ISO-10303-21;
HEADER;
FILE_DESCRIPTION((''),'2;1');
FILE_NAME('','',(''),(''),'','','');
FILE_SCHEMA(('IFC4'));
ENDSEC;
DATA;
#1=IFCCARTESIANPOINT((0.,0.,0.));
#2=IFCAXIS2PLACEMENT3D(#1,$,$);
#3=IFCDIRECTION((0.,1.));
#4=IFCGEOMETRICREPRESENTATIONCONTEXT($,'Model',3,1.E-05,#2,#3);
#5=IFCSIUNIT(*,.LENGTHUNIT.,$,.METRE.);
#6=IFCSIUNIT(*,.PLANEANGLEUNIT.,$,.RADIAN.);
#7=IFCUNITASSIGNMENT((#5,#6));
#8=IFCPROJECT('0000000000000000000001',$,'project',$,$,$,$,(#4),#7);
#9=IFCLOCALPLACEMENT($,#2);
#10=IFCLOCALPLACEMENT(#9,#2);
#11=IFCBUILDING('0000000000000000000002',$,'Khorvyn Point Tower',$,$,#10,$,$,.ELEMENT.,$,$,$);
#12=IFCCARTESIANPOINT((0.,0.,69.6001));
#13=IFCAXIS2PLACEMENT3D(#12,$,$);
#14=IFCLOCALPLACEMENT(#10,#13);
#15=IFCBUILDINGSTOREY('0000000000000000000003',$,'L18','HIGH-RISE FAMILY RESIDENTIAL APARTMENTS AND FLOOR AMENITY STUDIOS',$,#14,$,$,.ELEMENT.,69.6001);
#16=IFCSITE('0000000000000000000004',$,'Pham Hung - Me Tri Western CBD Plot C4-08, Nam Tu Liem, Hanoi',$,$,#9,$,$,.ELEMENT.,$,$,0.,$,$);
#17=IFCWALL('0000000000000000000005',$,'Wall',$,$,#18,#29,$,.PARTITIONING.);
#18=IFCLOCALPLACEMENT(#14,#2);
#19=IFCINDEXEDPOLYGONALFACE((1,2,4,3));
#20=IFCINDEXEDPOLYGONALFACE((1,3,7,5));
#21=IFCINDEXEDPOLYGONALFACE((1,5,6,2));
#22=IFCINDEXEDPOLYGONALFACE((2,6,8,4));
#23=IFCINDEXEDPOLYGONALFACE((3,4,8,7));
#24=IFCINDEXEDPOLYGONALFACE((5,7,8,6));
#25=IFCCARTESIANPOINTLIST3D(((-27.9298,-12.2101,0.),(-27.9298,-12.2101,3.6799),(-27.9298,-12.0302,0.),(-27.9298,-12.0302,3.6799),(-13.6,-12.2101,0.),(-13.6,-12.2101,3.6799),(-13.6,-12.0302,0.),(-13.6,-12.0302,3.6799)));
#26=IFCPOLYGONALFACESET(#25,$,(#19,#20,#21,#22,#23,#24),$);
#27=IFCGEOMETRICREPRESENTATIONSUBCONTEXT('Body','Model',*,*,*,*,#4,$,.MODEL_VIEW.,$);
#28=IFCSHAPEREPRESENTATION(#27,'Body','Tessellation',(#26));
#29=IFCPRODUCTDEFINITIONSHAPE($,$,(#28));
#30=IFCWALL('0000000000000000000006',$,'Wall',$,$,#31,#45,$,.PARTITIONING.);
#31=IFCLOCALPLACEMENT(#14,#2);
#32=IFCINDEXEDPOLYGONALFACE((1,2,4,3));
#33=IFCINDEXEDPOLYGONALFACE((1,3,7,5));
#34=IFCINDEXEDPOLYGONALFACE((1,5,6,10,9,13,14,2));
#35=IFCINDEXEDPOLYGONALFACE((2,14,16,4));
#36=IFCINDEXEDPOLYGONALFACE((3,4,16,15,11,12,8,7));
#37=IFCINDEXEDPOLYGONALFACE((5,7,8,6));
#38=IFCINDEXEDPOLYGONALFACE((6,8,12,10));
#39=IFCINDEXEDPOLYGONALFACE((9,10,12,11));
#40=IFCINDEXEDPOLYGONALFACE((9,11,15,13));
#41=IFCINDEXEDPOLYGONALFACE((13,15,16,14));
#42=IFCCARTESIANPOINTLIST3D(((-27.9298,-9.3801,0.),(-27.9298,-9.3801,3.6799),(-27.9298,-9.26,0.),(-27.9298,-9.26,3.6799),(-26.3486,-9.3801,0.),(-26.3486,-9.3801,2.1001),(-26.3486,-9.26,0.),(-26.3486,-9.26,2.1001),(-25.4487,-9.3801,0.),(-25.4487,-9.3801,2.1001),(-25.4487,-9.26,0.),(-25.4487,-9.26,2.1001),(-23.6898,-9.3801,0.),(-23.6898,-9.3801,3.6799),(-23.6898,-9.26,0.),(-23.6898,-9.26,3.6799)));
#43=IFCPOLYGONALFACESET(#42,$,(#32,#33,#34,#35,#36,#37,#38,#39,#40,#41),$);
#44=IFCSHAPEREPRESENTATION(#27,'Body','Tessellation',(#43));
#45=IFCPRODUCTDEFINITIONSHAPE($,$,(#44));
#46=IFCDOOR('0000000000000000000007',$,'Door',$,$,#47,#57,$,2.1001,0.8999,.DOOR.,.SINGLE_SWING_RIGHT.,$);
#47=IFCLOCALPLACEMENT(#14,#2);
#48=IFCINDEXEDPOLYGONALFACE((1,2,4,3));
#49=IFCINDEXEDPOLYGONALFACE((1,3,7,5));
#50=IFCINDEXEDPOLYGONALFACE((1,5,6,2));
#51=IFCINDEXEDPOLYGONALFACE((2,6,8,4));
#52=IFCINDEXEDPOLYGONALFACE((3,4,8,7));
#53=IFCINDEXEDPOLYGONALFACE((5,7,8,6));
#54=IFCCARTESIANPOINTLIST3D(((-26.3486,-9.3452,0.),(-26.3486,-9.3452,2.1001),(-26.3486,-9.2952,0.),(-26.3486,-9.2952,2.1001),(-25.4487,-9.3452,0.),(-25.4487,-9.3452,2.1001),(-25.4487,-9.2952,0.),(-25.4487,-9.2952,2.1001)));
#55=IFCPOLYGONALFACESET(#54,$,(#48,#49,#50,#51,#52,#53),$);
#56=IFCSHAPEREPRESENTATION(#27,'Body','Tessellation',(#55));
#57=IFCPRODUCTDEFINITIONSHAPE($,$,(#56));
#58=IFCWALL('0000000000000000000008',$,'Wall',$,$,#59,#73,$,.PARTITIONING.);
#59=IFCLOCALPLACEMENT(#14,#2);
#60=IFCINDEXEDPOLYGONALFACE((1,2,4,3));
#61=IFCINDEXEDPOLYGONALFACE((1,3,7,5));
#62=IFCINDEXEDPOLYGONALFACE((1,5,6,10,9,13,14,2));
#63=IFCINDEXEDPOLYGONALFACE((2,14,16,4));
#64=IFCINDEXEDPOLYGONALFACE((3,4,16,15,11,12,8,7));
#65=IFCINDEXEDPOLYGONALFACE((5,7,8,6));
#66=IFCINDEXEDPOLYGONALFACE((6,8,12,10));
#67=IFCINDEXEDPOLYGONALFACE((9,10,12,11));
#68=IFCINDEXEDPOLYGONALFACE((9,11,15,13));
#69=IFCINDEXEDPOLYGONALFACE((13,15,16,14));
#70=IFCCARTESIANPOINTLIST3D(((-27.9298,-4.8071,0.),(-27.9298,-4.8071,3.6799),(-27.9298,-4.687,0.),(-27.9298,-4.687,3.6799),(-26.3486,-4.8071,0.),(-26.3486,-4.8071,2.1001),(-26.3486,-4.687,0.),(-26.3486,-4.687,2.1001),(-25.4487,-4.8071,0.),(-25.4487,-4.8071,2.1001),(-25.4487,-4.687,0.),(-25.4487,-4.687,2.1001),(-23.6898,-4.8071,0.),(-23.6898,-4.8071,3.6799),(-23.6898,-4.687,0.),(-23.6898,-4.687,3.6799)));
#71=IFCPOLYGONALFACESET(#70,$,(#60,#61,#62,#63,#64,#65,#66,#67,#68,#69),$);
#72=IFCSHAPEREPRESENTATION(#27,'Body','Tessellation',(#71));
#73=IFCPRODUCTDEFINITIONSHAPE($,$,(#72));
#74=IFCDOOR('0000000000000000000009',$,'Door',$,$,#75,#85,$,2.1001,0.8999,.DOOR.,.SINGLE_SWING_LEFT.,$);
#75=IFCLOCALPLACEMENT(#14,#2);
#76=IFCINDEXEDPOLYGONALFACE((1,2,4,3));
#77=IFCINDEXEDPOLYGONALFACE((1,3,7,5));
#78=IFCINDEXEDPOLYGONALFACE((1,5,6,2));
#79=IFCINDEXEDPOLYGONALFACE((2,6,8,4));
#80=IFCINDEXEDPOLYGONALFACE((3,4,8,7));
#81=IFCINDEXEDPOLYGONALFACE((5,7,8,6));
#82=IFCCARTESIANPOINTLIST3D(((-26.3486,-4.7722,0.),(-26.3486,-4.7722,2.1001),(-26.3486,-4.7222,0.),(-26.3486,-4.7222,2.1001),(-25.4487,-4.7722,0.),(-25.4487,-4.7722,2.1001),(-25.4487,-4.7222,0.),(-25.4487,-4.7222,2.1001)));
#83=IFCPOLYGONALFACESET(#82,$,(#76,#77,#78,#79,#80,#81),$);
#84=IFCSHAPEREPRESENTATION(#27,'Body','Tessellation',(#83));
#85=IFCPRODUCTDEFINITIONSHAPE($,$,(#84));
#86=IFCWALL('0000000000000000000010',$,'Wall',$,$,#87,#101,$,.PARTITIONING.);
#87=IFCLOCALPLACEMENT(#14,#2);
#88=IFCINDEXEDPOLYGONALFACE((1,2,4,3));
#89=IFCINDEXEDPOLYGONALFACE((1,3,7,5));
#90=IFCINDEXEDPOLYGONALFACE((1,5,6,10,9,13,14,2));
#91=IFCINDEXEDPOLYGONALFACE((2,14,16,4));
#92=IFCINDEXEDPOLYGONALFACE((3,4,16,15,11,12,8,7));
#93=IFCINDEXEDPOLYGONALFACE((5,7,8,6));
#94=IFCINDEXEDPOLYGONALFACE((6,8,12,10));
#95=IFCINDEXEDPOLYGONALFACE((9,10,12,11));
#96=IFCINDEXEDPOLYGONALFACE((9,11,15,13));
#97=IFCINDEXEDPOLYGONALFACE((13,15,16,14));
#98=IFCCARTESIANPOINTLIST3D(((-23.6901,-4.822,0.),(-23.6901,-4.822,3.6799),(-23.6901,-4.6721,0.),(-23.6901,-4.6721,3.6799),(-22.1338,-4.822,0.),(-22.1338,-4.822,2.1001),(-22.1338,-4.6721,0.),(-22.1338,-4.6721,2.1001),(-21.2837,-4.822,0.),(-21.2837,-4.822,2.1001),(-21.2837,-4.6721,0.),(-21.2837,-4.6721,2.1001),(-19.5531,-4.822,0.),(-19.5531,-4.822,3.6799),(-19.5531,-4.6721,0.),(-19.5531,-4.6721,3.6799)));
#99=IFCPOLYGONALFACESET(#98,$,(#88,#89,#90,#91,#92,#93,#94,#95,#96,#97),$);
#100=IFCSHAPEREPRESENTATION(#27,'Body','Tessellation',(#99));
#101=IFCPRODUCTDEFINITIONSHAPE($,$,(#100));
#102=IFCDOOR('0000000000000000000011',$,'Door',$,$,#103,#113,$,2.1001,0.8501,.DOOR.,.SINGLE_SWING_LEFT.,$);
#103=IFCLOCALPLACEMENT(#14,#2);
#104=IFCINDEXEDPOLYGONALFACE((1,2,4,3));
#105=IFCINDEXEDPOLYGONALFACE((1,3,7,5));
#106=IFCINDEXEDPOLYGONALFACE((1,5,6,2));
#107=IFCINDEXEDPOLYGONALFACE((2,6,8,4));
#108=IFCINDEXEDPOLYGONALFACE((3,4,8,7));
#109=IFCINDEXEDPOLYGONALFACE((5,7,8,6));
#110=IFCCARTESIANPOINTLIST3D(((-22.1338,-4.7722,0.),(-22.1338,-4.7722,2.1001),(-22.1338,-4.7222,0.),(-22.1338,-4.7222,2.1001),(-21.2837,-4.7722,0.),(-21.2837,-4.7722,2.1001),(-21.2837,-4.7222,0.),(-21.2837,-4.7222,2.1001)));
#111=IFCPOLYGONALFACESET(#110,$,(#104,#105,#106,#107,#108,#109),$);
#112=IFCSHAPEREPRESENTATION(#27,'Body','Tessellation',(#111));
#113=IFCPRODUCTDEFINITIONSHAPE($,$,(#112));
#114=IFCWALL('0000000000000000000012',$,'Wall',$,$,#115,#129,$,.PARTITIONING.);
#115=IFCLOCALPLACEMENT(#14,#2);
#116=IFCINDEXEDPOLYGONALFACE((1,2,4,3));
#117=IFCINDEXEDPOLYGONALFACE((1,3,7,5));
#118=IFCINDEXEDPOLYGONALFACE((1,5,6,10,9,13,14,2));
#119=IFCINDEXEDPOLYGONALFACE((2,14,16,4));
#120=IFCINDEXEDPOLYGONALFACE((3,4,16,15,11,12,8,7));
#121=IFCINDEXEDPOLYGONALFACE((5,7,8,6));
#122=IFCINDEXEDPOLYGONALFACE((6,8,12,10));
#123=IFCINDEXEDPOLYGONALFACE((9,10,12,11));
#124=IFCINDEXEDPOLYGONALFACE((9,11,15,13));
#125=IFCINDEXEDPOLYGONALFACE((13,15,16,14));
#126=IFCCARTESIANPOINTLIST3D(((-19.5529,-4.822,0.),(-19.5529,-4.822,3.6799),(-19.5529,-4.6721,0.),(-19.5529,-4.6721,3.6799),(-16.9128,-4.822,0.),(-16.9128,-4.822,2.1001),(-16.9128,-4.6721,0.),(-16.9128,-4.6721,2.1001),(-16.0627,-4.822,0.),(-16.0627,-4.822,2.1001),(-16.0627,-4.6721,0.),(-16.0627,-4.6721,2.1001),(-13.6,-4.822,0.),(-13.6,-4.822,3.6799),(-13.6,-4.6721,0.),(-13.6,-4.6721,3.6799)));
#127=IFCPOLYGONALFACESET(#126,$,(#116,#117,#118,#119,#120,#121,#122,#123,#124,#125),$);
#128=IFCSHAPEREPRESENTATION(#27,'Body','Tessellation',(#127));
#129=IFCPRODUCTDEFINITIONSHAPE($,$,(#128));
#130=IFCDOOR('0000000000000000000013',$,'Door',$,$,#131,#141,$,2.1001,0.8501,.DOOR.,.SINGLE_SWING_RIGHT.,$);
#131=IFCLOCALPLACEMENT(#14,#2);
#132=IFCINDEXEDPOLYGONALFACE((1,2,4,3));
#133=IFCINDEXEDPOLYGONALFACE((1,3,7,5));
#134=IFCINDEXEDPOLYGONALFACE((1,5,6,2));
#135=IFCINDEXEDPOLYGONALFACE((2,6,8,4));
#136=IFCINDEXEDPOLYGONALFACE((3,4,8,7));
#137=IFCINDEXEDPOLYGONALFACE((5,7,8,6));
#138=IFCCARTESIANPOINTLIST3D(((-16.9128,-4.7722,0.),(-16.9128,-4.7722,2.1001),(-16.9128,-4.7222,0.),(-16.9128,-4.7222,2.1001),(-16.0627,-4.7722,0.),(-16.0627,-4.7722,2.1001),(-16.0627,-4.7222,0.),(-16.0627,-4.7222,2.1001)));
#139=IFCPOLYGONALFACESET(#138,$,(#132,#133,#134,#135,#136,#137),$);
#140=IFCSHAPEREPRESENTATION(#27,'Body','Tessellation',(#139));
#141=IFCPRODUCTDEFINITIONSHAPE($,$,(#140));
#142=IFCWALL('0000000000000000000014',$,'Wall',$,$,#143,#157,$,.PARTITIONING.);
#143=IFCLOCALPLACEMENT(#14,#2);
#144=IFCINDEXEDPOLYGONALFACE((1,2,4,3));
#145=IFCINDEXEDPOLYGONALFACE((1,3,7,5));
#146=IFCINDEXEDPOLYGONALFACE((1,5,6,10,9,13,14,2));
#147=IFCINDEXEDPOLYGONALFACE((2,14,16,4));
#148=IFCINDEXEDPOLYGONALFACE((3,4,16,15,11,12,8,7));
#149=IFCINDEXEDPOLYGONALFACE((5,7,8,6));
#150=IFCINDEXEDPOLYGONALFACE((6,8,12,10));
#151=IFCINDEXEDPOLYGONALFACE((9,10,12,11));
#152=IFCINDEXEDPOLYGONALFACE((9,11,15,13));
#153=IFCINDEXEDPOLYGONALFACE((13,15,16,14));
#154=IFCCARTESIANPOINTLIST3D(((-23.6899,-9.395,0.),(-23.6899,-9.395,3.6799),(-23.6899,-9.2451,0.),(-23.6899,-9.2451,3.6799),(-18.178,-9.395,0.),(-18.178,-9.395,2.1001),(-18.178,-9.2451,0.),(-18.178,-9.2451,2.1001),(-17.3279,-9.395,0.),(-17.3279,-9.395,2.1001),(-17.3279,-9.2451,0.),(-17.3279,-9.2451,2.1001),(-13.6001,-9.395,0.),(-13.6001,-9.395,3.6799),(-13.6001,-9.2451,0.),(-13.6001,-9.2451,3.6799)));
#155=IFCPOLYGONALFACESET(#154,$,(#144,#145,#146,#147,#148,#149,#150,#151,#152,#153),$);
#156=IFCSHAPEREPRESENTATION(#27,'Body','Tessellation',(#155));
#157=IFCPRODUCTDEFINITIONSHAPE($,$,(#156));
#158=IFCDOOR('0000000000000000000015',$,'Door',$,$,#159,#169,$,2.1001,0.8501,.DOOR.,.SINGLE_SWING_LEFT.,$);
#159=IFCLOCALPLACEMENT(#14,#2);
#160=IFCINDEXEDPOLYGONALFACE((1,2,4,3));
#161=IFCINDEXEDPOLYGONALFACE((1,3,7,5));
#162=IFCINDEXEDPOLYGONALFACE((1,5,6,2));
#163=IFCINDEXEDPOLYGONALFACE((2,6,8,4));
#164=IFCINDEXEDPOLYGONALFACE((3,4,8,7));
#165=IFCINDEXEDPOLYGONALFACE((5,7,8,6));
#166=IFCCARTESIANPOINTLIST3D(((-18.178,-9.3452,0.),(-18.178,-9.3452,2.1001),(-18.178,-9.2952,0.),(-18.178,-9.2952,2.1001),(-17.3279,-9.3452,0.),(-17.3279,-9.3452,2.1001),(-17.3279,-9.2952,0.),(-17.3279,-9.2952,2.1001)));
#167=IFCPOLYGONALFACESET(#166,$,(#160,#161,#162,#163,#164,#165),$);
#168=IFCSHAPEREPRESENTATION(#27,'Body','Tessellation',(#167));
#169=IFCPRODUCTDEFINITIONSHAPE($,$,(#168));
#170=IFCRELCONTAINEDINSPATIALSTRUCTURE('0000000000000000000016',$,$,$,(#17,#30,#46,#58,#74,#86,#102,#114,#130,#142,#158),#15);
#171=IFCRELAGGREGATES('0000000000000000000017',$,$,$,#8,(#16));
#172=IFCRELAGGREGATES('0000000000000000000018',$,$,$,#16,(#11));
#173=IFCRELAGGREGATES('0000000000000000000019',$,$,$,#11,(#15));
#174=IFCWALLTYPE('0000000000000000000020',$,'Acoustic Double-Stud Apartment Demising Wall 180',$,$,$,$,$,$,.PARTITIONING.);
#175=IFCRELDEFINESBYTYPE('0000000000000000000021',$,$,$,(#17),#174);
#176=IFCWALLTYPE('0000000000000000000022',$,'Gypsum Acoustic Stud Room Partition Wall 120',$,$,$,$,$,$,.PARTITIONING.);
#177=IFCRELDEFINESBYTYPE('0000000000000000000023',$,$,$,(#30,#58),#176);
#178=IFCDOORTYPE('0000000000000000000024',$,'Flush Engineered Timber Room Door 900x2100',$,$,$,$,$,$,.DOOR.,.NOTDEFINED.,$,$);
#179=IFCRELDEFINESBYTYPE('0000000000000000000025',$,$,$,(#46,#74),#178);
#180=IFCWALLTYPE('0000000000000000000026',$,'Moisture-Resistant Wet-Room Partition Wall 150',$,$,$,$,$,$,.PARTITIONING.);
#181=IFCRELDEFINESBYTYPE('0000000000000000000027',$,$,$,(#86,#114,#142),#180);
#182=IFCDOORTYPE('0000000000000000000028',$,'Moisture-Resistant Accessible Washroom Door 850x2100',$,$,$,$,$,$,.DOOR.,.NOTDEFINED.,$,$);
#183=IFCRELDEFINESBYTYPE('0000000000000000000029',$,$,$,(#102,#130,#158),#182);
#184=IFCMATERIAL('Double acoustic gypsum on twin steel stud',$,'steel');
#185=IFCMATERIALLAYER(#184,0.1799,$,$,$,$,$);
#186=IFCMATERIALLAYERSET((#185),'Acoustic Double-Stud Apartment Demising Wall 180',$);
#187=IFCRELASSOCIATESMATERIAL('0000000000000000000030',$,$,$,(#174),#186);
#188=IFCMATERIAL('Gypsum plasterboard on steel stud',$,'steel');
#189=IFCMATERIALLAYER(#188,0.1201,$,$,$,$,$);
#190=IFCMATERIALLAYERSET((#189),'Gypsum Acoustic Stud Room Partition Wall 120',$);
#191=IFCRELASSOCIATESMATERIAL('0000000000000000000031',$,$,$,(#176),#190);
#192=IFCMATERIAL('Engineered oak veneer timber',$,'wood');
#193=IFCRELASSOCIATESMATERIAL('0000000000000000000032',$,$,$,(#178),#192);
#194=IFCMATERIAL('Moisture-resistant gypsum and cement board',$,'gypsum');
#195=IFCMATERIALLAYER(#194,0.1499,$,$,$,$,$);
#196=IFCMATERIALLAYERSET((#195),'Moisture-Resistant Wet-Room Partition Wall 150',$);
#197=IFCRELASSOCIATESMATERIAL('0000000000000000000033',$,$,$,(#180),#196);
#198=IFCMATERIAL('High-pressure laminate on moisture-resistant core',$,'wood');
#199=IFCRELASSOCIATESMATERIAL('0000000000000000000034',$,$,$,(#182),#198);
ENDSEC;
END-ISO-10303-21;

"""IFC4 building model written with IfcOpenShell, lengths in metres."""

from ifc_helpers import new_model, si_unit, direction, frame, frame_2d, origin, place, context, subcontext, project, spatial, rectangle, extrude, material, layer, layer_set, type_object, element, fill, save


model = new_model("IFC4")

# Units and contexts
model_context = context("Model", 3, precision=1e-05, world=origin(), true_north=direction((0.0, 1.0)))
body_context = subcontext(model_context, "Body", "Model", "MODEL_VIEW")
ifc_project = project(units=[si_unit("LENGTHUNIT", "METRE"), si_unit("PLANEANGLEUNIT", "RADIAN")], contexts=[model_context])

# Site, building, storey
site_placement = place(None, origin())
site = spatial("IfcSite", under=ifc_project, at=site_placement, Name="Pham Hung - Me Tri Western CBD Plot C4-08, Nam Tu Liem, Hanoi", CompositionType="ELEMENT", RefElevation=0.0)
building_placement = place(site_placement, origin())
building = spatial("IfcBuilding", under=site, at=building_placement, Name="Khorvyn Point Tower", CompositionType="ELEMENT")
storey_placement = place(building_placement, frame((0.0, 0.0, 69.6001)))
storey = spatial("IfcBuildingStorey", under=building, at=storey_placement, Name="L18", Description="HIGH-RISE FAMILY RESIDENTIAL APARTMENTS AND FLOOR AMENITY STUDIOS", CompositionType="ELEMENT", Elevation=69.6001)

# Shared definitions
ifc_material_1 = material(Name="Double acoustic gypsum on twin steel stud", Category="steel")
ifc_layer_1 = layer(ifc_material_1, 0.1799)
ifc_layer_set_1 = layer_set([ifc_layer_1], Name="Acoustic Double-Stud Apartment Demising Wall 180")
wall_type_1 = type_object("IfcWallType", Name="Acoustic Double-Stud Apartment Demising Wall 180", PredefinedType="PARTITIONING", material=ifc_layer_set_1)

# Wall
wall_1_placement = place(storey_placement, frame((-27.9299, -12.1201, 0.0), z_axis=(0.0, 0.0, 1.0), x_axis=(1.0, 0.0, 0.0)))
element("IfcWall", 1, at=wall_1_placement, inside=storey, type_object=wall_type_1, Name="Wall", PredefinedType="PARTITIONING", context=body_context, shape_type="SweptSolid", body=[
    extrude(rectangle(XDim=14.3298, YDim=0.1799, at=frame_2d((7.165, 0.0))), origin(), (0.0, 0.0, 1.0), 3.6799),
])

# Walls, openings, doors
ifc_material_2 = material(Name="Gypsum plasterboard on steel stud", Category="steel")
ifc_layer_2 = layer(ifc_material_2, 0.1201)
ifc_layer_set_2 = layer_set([ifc_layer_2], Name="Gypsum Acoustic Stud Room Partition Wall 120")
wall_type_2 = type_object("IfcWallType", Name="Gypsum Acoustic Stud Room Partition Wall 120", PredefinedType="PARTITIONING", material=ifc_layer_set_2)
wall_2_placement = place(storey_placement, frame((-27.9299, -9.3201, 0.0), z_axis=(0.0, 0.0, 1.0), x_axis=(1.0, 0.0, 0.0)))
wall_2 = element("IfcWall", 2, at=wall_2_placement, inside=storey, type_object=wall_type_2, Name="Wall", PredefinedType="PARTITIONING", context=body_context, shape_type="SweptSolid", body=[
    extrude(rectangle(XDim=4.24, YDim=0.1201, at=frame_2d((2.1201, 0.0))), origin(), (0.0, 0.0, 1.0), 3.6799),
])
opening_1_placement = place(wall_2_placement, frame((1.5813, 0.0, 0.0)))
opening_1 = element("IfcOpeningElement", 3, at=opening_1_placement, cuts=wall_2, PredefinedType="OPENING", context=body_context, shape_type="SweptSolid", body=[
    extrude(rectangle(XDim=0.8999, YDim=2.1001, at=frame_2d((0.45, 1.05))), frame((0.0, 0.0701, 0.0), z_axis=(0.0, -1.0, 0.0), x_axis=(1.0, 0.0, 0.0)), (0.0, 0.0, 1.0), 0.1401),
])
ifc_material_3 = material(Name="Engineered oak veneer timber", Category="wood")
door_type_1 = type_object("IfcDoorType", Name="Flush Engineered Timber Room Door 900x2100", OperationType="NOTDEFINED", PredefinedType="DOOR", material=ifc_material_3)
door_1_placement = place(opening_1_placement, origin())
door_1 = element("IfcDoor", 4, at=door_1_placement, inside=storey, type_object=door_type_1, Name="Door", OperationType="SINGLE_SWING_RIGHT", OverallHeight=2.1001, OverallWidth=0.8999, PredefinedType="DOOR", context=body_context, shape_type="SweptSolid", body=[
    extrude(rectangle(XDim=0.8999, YDim=2.1001, at=frame_2d((0.45, 1.05))), frame((0.0, 0.0249, 0.0), z_axis=(0.0, -1.0, 0.0), x_axis=(1.0, 0.0, 0.0)), (0.0, 0.0, 1.0), 0.05),
])
fill(opening_1, door_1)
wall_3_placement = place(storey_placement, frame((-27.9299, -4.7471, 0.0), z_axis=(0.0, 0.0, 1.0), x_axis=(1.0, 0.0, 0.0)))
wall_3 = element("IfcWall", 5, at=wall_3_placement, inside=storey, type_object=wall_type_2, Name="Wall", PredefinedType="PARTITIONING", context=body_context, shape_type="SweptSolid", body=[
    extrude(rectangle(XDim=4.24, YDim=0.1201, at=frame_2d((2.1201, 0.0))), origin(), (0.0, 0.0, 1.0), 3.6799),
])
opening_2_placement = place(wall_3_placement, frame((1.5813, 0.0, 0.0)))
opening_2 = element("IfcOpeningElement", 6, at=opening_2_placement, cuts=wall_3, PredefinedType="OPENING", context=body_context, shape_type="SweptSolid", body=[
    extrude(rectangle(XDim=0.8999, YDim=2.1001, at=frame_2d((0.45, 1.05))), frame((0.0, 0.0701, 0.0), z_axis=(0.0, -1.0, 0.0), x_axis=(1.0, 0.0, 0.0)), (0.0, 0.0, 1.0), 0.1401),
])
door_2_placement = place(opening_2_placement, origin())
door_2 = element("IfcDoor", 7, at=door_2_placement, inside=storey, type_object=door_type_1, Name="Door", OperationType="SINGLE_SWING_LEFT", OverallHeight=2.1001, OverallWidth=0.8999, PredefinedType="DOOR", context=body_context, shape_type="SweptSolid", body=[
    extrude(rectangle(XDim=0.8999, YDim=2.1001, at=frame_2d((0.45, 1.05))), frame((0.0, 0.0249, 0.0), z_axis=(0.0, -1.0, 0.0), x_axis=(1.0, 0.0, 0.0)), (0.0, 0.0, 1.0), 0.05),
])
fill(opening_2, door_2)
ifc_material_4 = material(Name="Moisture-resistant gypsum and cement board", Category="gypsum")
ifc_layer_3 = layer(ifc_material_4, 0.1499)
ifc_layer_set_3 = layer_set([ifc_layer_3], Name="Moisture-Resistant Wet-Room Partition Wall 150")
wall_type_3 = type_object("IfcWallType", Name="Moisture-Resistant Wet-Room Partition Wall 150", PredefinedType="PARTITIONING", material=ifc_layer_set_3)
wall_4_placement = place(storey_placement, frame((-23.6899, -4.7471, 0.0), z_axis=(0.0, 0.0, 1.0), x_axis=(1.0, 0.0, 0.0)))
wall_4 = element("IfcWall", 8, at=wall_4_placement, inside=storey, type_object=wall_type_3, Name="Wall", PredefinedType="PARTITIONING", context=body_context, shape_type="SweptSolid", body=[
    extrude(rectangle(XDim=4.137, YDim=0.1499, at=frame_2d((2.0684, 0.0))), origin(), (0.0, 0.0, 1.0), 3.6799),
])
opening_3_placement = place(wall_4_placement, frame((1.5562, 0.0, 0.0)))
opening_3 = element("IfcOpeningElement", 9, at=opening_3_placement, cuts=wall_4, PredefinedType="OPENING", context=body_context, shape_type="SweptSolid", body=[
    extrude(rectangle(XDim=0.8501, YDim=2.1001, at=frame_2d((0.425, 1.05))), frame((0.0, 0.085, 0.0), z_axis=(0.0, -1.0, 0.0), x_axis=(1.0, 0.0, 0.0)), (0.0, 0.0, 1.0), 0.1699),
])
ifc_material_5 = material(Name="High-pressure laminate on moisture-resistant core", Category="wood")
door_type_2 = type_object("IfcDoorType", Name="Moisture-Resistant Accessible Washroom Door 850x2100", OperationType="NOTDEFINED", PredefinedType="DOOR", material=ifc_material_5)
door_3_placement = place(opening_3_placement, origin())
door_3 = element("IfcDoor", 10, at=door_3_placement, inside=storey, type_object=door_type_2, Name="Door", OperationType="SINGLE_SWING_LEFT", OverallHeight=2.1001, OverallWidth=0.8501, PredefinedType="DOOR", context=body_context, shape_type="SweptSolid", body=[
    extrude(rectangle(XDim=0.8501, YDim=2.1001, at=frame_2d((0.425, 1.05))), frame((0.0, 0.0249, 0.0), z_axis=(0.0, -1.0, 0.0), x_axis=(1.0, 0.0, 0.0)), (0.0, 0.0, 1.0), 0.05),
])
fill(opening_3, door_3)
wall_5_placement = place(storey_placement, frame((-19.553, -4.7471, 0.0), z_axis=(0.0, 0.0, 1.0), x_axis=(1.0, 0.0, 0.0)))
wall_5 = element("IfcWall", 11, at=wall_5_placement, inside=storey, type_object=wall_type_3, Name="Wall", PredefinedType="PARTITIONING", context=body_context, shape_type="SweptSolid", body=[
    extrude(rectangle(XDim=5.9529, YDim=0.1499, at=frame_2d((2.9766, 0.0))), origin(), (0.0, 0.0, 1.0), 3.6799),
])
opening_4_placement = place(wall_5_placement, frame((2.6401, 0.0, 0.0)))
opening_4 = element("IfcOpeningElement", 12, at=opening_4_placement, cuts=wall_5, PredefinedType="OPENING", context=body_context, shape_type="SweptSolid", body=[
    extrude(rectangle(XDim=0.8501, YDim=2.1001, at=frame_2d((0.425, 1.05))), frame((0.0, 0.085, 0.0), z_axis=(0.0, -1.0, 0.0), x_axis=(1.0, 0.0, 0.0)), (0.0, 0.0, 1.0), 0.1699),
])
door_4_placement = place(opening_4_placement, origin())
door_4 = element("IfcDoor", 13, at=door_4_placement, inside=storey, type_object=door_type_2, Name="Door", OperationType="SINGLE_SWING_RIGHT", OverallHeight=2.1001, OverallWidth=0.8501, PredefinedType="DOOR", context=body_context, shape_type="SweptSolid", body=[
    extrude(rectangle(XDim=0.8501, YDim=2.1001, at=frame_2d((0.425, 1.05))), frame((0.0, 0.0249, 0.0), z_axis=(0.0, -1.0, 0.0), x_axis=(1.0, 0.0, 0.0)), (0.0, 0.0, 1.0), 0.05),
])
fill(opening_4, door_4)
wall_6_placement = place(storey_placement, frame((-23.6899, -9.3201, 0.0), z_axis=(0.0, 0.0, 1.0), x_axis=(1.0, 0.0, 0.0)))
wall_6 = element("IfcWall", 14, at=wall_6_placement, inside=storey, type_object=wall_type_3, Name="Wall", PredefinedType="PARTITIONING", context=body_context, shape_type="SweptSolid", body=[
    extrude(rectangle(XDim=10.0898, YDim=0.1499, at=frame_2d((5.0449, 0.0))), origin(), (0.0, 0.0, 1.0), 3.6799),
])
opening_5_placement = place(wall_6_placement, frame((5.512, 0.0, 0.0)))
opening_5 = element("IfcOpeningElement", 15, at=opening_5_placement, cuts=wall_6, PredefinedType="OPENING", context=body_context, shape_type="SweptSolid", body=[
    extrude(rectangle(XDim=0.8501, YDim=2.1001, at=frame_2d((0.425, 1.05))), frame((0.0, 0.085, 0.0), z_axis=(0.0, -1.0, 0.0), x_axis=(1.0, 0.0, 0.0)), (0.0, 0.0, 1.0), 0.1699),
])
door_5_placement = place(opening_5_placement, origin())
door_5 = element("IfcDoor", 16, at=door_5_placement, inside=storey, type_object=door_type_2, Name="Door", OperationType="SINGLE_SWING_LEFT", OverallHeight=2.1001, OverallWidth=0.8501, PredefinedType="DOOR", context=body_context, shape_type="SweptSolid", body=[
    extrude(rectangle(XDim=0.8501, YDim=2.1001, at=frame_2d((0.425, 1.05))), frame((0.0, 0.0249, 0.0), z_axis=(0.0, -1.0, 0.0), x_axis=(1.0, 0.0, 0.0)), (0.0, 0.0, 1.0), 0.05),
])
fill(opening_5, door_5)

save(model, "model.ifc")
